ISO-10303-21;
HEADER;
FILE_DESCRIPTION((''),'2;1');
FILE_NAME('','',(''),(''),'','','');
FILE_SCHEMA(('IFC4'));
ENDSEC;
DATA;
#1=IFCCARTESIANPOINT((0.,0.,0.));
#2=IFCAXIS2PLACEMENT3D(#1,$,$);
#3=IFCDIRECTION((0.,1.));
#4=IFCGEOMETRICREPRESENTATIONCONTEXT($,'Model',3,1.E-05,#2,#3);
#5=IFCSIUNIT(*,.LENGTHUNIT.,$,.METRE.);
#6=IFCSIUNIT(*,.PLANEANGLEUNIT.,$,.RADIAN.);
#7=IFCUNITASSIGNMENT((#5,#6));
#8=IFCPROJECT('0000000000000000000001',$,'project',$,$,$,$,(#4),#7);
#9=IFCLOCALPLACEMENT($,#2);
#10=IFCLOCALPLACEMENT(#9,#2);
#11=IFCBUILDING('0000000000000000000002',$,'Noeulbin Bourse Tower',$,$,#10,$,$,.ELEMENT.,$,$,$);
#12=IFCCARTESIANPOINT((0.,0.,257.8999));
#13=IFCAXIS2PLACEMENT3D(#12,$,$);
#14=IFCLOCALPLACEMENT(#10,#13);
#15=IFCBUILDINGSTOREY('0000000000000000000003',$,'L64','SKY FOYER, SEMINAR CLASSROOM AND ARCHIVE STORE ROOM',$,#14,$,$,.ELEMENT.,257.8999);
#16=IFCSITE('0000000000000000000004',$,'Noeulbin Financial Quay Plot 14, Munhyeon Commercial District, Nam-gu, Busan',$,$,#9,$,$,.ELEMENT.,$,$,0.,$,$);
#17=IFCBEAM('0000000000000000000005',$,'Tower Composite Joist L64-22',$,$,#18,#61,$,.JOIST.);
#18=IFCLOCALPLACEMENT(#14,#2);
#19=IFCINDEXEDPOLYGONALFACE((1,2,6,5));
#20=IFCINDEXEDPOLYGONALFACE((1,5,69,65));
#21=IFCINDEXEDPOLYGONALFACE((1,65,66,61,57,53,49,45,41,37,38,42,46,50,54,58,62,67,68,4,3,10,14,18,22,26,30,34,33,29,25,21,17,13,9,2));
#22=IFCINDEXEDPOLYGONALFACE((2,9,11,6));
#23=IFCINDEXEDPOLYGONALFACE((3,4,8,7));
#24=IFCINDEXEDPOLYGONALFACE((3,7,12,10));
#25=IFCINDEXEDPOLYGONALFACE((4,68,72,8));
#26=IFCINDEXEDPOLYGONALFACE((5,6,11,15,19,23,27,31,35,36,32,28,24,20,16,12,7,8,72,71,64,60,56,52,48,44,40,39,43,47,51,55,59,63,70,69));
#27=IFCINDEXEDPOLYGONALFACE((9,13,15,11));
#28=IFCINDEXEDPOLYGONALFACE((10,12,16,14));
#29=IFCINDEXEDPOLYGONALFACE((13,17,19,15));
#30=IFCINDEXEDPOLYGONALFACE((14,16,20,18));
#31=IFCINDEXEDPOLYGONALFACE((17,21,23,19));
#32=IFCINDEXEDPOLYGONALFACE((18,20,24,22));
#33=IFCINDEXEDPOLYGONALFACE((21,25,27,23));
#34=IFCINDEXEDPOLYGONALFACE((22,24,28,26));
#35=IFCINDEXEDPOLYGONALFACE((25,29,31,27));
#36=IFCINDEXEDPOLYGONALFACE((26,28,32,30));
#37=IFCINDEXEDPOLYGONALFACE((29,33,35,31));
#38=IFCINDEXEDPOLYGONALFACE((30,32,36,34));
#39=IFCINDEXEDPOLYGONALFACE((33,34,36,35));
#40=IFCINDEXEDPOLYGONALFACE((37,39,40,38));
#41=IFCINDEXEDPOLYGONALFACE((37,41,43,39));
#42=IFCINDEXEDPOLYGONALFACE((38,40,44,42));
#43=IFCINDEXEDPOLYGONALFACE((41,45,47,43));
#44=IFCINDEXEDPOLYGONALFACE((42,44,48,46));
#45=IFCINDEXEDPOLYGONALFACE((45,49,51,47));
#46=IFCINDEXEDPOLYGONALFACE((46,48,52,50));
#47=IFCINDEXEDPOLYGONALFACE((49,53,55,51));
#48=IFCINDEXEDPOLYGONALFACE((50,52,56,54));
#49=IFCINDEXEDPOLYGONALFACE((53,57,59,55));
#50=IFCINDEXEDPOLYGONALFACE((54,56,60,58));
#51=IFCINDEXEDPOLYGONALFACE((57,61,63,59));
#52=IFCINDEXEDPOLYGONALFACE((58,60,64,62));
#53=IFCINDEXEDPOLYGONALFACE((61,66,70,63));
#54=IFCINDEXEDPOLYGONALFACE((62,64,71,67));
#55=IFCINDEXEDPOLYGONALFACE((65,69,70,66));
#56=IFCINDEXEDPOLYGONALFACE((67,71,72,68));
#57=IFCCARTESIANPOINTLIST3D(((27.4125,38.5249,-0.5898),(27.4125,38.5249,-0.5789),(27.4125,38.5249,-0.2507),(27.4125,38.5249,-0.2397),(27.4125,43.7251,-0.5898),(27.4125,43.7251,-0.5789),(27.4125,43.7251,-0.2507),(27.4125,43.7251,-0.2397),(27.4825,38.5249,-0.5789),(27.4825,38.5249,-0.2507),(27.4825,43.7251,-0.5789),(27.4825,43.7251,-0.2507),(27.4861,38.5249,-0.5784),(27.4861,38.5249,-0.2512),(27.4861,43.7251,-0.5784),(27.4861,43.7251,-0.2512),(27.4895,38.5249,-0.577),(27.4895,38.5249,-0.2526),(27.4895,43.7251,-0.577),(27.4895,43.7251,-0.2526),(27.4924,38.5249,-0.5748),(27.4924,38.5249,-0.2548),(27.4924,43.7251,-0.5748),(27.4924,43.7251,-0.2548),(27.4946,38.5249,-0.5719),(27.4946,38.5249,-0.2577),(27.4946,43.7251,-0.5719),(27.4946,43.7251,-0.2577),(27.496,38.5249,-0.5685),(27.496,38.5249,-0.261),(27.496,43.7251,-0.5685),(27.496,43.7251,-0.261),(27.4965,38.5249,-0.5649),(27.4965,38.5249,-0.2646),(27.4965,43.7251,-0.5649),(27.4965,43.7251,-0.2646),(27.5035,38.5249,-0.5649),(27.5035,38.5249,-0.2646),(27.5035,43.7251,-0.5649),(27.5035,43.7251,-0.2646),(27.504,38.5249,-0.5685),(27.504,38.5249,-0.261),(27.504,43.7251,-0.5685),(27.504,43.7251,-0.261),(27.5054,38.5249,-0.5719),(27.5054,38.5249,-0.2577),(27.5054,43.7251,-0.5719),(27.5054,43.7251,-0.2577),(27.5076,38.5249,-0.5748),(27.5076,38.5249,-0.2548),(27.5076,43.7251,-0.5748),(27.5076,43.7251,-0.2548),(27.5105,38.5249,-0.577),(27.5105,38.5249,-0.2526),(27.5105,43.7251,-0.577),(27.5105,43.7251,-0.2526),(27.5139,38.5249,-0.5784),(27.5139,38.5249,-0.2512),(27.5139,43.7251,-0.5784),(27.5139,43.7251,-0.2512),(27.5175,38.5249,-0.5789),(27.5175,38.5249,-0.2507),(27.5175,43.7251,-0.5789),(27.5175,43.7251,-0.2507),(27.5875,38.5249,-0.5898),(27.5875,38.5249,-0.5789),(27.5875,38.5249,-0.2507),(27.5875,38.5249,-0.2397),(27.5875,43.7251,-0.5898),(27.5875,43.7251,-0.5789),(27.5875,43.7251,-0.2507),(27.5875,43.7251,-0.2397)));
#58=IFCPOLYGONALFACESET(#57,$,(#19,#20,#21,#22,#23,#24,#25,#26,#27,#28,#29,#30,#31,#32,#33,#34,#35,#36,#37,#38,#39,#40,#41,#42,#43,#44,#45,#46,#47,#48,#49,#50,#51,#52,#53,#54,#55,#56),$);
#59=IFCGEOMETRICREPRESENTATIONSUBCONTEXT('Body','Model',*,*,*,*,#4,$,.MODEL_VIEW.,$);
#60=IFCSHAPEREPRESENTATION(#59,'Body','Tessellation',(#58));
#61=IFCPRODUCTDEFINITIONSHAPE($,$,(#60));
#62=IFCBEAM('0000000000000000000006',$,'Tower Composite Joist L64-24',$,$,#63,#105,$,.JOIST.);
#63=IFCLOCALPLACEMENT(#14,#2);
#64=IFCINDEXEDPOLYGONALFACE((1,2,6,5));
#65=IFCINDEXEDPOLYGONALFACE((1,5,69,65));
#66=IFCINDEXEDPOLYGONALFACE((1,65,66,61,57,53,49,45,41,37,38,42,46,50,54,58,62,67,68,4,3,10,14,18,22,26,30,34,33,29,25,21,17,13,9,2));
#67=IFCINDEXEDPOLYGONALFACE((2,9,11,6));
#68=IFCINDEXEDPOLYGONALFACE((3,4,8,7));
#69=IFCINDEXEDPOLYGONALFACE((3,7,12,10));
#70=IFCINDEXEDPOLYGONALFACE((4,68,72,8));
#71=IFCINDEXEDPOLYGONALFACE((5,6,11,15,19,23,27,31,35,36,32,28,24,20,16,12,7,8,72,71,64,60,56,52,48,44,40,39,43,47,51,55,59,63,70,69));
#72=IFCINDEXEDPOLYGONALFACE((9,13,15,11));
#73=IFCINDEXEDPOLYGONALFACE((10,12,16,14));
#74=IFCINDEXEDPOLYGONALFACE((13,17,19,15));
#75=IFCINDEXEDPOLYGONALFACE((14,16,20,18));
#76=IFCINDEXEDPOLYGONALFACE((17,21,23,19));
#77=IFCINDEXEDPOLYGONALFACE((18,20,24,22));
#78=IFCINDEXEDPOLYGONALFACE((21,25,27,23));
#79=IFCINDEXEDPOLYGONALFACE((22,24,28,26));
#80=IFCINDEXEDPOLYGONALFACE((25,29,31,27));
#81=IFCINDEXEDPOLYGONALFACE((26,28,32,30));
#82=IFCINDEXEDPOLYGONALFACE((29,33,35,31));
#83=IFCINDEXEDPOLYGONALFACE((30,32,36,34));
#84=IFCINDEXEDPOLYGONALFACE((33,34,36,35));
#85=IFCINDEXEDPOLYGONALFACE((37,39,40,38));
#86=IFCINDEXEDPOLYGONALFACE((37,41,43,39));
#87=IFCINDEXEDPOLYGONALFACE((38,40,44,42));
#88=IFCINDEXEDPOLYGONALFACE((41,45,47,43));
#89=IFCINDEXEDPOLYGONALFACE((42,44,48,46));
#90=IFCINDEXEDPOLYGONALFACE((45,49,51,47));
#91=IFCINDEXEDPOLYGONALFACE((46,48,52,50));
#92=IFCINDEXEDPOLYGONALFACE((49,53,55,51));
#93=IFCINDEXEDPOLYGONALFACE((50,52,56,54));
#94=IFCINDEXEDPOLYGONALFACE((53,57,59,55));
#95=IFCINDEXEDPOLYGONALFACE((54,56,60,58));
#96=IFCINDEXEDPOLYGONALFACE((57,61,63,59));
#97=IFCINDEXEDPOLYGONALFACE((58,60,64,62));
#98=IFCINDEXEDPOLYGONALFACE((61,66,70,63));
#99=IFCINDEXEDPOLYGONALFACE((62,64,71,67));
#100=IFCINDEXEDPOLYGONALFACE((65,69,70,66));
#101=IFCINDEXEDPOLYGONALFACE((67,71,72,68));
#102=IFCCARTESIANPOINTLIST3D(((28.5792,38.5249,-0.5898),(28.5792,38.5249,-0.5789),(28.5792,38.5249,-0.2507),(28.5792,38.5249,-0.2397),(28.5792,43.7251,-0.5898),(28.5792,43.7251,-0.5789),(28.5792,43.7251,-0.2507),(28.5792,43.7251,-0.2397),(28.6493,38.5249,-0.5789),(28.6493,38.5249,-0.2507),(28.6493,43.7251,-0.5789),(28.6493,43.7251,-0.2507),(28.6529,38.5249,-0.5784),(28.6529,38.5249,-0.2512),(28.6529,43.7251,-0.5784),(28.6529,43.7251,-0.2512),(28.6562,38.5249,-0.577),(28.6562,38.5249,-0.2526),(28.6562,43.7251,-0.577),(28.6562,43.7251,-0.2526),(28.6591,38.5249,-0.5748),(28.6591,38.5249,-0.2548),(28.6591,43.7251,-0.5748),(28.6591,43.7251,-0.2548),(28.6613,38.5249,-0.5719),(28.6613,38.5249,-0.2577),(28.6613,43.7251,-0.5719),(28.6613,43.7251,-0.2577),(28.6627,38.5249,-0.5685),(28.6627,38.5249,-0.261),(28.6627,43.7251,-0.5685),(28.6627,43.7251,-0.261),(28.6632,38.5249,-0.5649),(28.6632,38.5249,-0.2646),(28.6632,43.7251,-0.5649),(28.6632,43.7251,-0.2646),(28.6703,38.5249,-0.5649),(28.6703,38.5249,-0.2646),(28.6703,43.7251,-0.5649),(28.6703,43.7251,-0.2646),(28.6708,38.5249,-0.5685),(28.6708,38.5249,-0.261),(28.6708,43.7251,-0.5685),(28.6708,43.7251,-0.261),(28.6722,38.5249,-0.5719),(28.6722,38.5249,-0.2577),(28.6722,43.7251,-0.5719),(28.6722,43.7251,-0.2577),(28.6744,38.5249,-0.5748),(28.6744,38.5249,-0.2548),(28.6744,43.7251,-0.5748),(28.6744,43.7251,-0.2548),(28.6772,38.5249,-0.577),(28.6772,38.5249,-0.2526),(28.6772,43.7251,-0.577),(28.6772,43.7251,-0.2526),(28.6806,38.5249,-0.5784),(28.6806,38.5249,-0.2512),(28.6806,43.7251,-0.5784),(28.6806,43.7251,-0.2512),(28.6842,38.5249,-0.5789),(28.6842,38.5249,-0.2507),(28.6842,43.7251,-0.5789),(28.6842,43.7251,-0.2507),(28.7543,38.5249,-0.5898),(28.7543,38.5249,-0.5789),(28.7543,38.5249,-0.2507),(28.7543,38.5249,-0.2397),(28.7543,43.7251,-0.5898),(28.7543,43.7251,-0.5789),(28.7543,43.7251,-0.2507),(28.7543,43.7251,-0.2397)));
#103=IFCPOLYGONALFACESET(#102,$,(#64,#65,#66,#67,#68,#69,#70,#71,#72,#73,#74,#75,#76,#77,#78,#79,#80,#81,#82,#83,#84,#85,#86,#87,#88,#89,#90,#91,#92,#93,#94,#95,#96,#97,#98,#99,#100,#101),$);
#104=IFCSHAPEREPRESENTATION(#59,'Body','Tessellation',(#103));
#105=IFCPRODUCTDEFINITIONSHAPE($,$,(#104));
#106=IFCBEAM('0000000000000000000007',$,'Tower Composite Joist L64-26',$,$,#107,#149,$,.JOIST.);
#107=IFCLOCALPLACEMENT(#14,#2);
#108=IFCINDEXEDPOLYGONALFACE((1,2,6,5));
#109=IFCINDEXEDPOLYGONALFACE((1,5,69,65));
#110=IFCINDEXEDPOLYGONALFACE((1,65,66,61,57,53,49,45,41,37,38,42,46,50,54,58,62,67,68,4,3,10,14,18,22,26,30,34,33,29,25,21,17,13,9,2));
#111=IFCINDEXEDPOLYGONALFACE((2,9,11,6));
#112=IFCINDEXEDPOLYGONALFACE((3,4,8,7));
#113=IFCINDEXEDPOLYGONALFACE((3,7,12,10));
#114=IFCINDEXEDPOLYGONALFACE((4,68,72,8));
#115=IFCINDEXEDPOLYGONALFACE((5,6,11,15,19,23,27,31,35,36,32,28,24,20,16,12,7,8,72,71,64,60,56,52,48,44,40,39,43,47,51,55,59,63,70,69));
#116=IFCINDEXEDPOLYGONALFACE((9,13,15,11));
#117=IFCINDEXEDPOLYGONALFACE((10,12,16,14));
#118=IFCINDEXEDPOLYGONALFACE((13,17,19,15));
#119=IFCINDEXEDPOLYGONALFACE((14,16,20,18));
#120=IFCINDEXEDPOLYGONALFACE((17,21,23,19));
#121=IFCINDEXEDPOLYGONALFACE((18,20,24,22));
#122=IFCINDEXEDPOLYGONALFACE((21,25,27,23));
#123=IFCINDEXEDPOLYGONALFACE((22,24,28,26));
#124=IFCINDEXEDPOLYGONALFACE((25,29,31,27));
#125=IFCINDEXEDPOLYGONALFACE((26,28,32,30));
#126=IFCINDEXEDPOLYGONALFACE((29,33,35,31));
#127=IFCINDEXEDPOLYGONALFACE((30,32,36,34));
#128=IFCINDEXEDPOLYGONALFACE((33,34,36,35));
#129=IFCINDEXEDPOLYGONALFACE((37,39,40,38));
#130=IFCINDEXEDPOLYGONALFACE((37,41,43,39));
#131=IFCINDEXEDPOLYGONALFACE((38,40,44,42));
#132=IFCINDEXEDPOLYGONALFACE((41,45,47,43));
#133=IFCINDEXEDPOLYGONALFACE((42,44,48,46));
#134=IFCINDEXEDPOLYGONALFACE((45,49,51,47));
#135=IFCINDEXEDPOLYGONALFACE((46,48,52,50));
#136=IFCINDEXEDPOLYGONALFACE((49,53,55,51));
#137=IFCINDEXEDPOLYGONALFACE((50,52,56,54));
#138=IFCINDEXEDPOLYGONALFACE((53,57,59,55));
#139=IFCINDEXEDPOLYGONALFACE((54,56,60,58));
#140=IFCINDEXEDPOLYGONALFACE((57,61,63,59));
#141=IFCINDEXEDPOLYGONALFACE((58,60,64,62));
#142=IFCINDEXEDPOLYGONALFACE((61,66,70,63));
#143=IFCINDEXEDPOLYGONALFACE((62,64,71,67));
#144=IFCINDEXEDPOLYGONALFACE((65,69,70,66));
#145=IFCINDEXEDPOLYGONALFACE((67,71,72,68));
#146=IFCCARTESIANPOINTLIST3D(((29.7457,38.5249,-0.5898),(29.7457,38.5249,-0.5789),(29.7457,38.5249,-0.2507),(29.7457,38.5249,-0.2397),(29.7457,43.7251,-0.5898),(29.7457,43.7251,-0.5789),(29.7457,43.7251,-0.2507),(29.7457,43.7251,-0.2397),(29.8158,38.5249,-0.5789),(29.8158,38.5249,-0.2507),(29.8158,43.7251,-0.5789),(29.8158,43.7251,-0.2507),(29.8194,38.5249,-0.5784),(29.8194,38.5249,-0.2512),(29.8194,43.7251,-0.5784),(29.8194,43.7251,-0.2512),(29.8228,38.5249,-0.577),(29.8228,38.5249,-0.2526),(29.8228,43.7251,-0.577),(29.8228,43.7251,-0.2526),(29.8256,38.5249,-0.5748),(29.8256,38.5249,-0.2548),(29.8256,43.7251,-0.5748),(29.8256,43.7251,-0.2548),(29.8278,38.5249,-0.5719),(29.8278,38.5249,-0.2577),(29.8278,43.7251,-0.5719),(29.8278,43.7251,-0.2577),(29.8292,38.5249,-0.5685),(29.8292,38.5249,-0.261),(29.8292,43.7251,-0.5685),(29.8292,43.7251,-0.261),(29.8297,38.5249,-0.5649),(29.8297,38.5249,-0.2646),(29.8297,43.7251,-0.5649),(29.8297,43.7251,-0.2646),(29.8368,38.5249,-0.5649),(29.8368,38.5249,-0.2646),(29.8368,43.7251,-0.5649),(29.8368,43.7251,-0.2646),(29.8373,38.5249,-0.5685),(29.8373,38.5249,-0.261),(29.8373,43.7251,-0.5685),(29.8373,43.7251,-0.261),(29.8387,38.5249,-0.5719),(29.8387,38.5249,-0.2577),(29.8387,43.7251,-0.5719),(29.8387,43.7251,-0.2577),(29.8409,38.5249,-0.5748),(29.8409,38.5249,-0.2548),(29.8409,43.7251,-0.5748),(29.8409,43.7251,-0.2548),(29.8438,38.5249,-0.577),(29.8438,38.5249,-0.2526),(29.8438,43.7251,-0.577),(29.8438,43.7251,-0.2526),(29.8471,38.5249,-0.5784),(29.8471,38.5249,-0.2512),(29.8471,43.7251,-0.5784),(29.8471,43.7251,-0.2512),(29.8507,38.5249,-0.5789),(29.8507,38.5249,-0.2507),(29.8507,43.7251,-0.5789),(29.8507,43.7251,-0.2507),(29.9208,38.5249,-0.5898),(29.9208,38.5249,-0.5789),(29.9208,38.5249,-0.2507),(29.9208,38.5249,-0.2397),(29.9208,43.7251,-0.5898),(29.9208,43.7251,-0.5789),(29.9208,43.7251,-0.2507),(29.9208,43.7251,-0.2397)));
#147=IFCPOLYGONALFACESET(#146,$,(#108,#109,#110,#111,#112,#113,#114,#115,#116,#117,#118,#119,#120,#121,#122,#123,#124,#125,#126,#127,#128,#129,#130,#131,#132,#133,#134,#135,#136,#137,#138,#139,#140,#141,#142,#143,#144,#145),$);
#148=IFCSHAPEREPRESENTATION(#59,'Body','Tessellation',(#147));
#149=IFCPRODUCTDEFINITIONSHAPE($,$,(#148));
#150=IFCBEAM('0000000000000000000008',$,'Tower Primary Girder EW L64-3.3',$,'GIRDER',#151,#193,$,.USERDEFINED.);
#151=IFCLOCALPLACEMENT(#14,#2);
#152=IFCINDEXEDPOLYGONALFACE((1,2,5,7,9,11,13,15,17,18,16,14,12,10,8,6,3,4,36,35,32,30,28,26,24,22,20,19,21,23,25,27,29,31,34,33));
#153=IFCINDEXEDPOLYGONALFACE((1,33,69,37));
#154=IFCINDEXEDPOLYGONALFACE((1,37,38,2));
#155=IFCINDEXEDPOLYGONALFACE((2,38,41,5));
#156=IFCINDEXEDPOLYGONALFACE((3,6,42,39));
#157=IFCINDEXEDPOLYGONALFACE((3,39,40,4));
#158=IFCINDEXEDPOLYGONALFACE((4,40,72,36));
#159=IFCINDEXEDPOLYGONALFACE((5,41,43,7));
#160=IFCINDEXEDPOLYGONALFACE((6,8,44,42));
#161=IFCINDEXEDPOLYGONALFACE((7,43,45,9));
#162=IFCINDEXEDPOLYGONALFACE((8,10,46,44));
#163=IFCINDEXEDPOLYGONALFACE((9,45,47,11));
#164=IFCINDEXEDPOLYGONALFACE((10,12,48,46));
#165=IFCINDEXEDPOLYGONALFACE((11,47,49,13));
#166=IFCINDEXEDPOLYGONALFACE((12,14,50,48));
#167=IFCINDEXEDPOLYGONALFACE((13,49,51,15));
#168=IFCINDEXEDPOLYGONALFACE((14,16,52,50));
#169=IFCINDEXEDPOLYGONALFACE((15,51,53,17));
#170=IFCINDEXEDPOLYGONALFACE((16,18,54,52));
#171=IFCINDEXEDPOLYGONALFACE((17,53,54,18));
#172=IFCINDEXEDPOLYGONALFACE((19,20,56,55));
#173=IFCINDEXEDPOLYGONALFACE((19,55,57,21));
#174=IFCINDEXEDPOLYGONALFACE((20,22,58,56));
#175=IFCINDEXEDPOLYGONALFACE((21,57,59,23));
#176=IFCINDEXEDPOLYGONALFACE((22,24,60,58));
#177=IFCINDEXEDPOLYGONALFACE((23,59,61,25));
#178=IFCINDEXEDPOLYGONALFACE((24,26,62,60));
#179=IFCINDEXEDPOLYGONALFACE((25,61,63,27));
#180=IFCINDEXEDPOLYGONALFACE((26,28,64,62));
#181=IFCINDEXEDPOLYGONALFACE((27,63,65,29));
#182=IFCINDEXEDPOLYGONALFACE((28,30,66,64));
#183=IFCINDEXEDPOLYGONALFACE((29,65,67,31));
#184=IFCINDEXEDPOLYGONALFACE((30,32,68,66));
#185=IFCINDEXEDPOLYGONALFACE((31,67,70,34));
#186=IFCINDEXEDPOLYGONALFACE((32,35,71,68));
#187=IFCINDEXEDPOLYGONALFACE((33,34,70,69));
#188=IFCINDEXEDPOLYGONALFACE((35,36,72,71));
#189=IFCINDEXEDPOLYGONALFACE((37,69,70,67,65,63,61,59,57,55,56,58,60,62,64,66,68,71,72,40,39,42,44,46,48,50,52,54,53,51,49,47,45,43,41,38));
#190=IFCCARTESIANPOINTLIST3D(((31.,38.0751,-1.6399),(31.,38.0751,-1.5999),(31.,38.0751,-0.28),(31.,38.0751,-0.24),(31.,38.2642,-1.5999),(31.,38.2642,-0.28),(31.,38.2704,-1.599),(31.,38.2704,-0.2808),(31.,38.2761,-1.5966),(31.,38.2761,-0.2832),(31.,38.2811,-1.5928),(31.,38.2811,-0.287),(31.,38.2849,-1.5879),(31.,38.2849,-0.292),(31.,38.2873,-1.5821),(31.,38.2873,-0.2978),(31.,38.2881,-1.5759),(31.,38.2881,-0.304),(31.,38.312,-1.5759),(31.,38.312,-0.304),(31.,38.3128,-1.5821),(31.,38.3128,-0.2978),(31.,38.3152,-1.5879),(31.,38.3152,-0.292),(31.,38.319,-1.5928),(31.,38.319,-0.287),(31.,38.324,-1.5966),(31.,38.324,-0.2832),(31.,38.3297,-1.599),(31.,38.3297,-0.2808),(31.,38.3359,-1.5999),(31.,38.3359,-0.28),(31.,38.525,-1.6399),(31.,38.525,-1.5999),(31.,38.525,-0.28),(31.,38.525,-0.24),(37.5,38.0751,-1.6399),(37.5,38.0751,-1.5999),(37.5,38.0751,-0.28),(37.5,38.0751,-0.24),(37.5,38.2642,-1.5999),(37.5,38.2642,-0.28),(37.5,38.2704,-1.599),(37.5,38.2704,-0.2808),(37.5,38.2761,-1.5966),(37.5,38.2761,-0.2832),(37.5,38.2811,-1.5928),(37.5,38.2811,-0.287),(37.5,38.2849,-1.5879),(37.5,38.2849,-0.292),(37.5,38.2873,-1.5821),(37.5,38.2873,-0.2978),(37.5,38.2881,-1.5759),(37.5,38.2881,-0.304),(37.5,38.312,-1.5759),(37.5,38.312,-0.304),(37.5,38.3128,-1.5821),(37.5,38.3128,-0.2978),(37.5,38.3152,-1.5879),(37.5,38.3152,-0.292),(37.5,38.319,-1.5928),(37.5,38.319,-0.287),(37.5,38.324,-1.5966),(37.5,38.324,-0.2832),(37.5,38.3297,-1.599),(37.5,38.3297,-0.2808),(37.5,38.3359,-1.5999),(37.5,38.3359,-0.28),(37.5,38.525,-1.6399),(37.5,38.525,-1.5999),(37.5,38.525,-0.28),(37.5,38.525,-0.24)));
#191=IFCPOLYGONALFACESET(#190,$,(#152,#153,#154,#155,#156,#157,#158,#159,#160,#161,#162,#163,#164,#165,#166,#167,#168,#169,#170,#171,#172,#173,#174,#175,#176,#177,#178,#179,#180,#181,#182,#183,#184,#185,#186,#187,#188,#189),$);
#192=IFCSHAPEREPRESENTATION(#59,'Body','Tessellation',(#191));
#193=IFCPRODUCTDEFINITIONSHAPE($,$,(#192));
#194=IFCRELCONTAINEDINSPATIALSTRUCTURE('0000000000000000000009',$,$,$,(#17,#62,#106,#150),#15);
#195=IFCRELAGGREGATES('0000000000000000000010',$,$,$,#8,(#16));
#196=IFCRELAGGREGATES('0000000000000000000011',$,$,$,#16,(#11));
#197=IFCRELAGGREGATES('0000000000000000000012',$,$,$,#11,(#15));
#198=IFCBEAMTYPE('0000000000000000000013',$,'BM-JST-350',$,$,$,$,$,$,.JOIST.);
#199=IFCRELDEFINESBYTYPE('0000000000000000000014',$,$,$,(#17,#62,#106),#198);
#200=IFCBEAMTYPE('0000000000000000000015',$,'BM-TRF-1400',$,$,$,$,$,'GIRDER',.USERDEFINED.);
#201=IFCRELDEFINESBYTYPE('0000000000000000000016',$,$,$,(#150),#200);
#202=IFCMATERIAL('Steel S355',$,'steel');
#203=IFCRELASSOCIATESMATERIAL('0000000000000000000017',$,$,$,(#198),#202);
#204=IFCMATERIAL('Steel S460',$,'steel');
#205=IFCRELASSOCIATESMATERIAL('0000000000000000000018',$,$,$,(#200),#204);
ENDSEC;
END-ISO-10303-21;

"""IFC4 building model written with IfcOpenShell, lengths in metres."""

from ifc_helpers import new_model, si_unit, direction, frame, origin, origin_2d, place, context, subcontext, project, spatial, i_section, extrude, material, material_profile, profile_set, type_object, element, save


model = new_model("IFC4")

# Units and contexts
model_context = context("Model", 3, precision=1e-05, world=origin(), true_north=direction((0.0, 1.0)))
body_context = subcontext(model_context, "Body", "Model", "MODEL_VIEW")
ifc_project = project(units=[si_unit("LENGTHUNIT", "METRE"), si_unit("PLANEANGLEUNIT", "RADIAN")], contexts=[model_context])

# Site, building, storey
site_placement = place(None, origin())
site = spatial("IfcSite", under=ifc_project, at=site_placement, Name="Noeulbin Financial Quay Plot 14, Munhyeon Commercial District, Nam-gu, Busan", CompositionType="ELEMENT", RefElevation=0.0)
building_placement = place(site_placement, origin())
building = spatial("IfcBuilding", under=site, at=building_placement, Name="Noeulbin Bourse Tower", CompositionType="ELEMENT")
storey_placement = place(building_placement, frame((0.0, 0.0, 257.8999)))
storey = spatial("IfcBuildingStorey", under=building, at=storey_placement, Name="L64", Description="SKY FOYER, SEMINAR CLASSROOM AND ARCHIVE STORE ROOM", CompositionType="ELEMENT", Elevation=257.8999)

# Shared definitions
ifc_material_1 = material(Name="Steel S355", Category="steel")

# Beams
ifc_material_profile_1 = material_profile(ifc_material_1, i_section(OverallWidth=0.175, OverallDepth=0.3501, WebThickness=0.0071, FlangeThickness=0.011, FilletRadius=0.0139, at=origin_2d()), Name="H-350x175x7x11", Category="LoadBearing")
ifc_profile_set_1 = profile_set([ifc_material_profile_1], Name="Steel S355")
beam_type_1 = type_object("IfcBeamType", Name="BM-JST-350", PredefinedType="JOIST", material=ifc_profile_set_1)
for number, where, z_axis, x_axis, name in (
    (1, (27.5, 38.5249, -0.4148), (0.0, 1.0, 0.0), (-1.0, 0.0, 0.0), "Tower Composite Joist L64-22"),
    (2, (28.6667, 38.5249, -0.4148), (0.0, 1.0, 0.0), (-1.0, 0.0, 0.0), "Tower Composite Joist L64-24"),
    (3, (29.8333, 38.5249, -0.4148), (0.0, 1.0, 0.0), (-1.0, 0.0, 0.0), "Tower Composite Joist L64-26"),
):
    element("IfcBeam", number, at=place(storey_placement, frame(where, z_axis=z_axis, x_axis=x_axis)), inside=storey, type_object=beam_type_1, Name=name, PredefinedType="JOIST", context=body_context, shape_type="SweptSolid", body=[
        extrude(i_section(OverallWidth=0.175, OverallDepth=0.3501, WebThickness=0.0071, FlangeThickness=0.011, FilletRadius=0.0139, at=origin_2d()), origin(), (0.0, 0.0, 1.0), 5.2002),
    ])
ifc_material_2 = material(Name="Steel S460", Category="steel")
ifc_material_profile_2 = material_profile(ifc_material_2, i_section(OverallWidth=0.45, OverallDepth=1.3999, WebThickness=0.0239, FlangeThickness=0.04, FilletRadius=0.0239, at=origin_2d()), Name="PG-1400x450x24x40", Category="LoadBearing")
ifc_profile_set_2 = profile_set([ifc_material_profile_2], Name="Steel S460")
beam_type_2 = type_object("IfcBeamType", Name="BM-TRF-1400", ElementType="GIRDER", PredefinedType="USERDEFINED", material=ifc_profile_set_2)
beam_1_placement = place(storey_placement, frame((31.0, 38.3, -0.9399), z_axis=(1.0, 0.0, 0.0), x_axis=(0.0, 1.0, 0.0)))
element("IfcBeam", 4, at=beam_1_placement, inside=storey, type_object=beam_type_2, Name="Tower Primary Girder EW L64-3.3", ObjectType="GIRDER", PredefinedType="USERDEFINED", context=body_context, shape_type="SweptSolid", body=[
    extrude(i_section(OverallWidth=0.45, OverallDepth=1.3999, WebThickness=0.0239, FlangeThickness=0.04, FilletRadius=0.0239, at=origin_2d()), origin(), (0.0, 0.0, 1.0), 6.5),
])

save(model, "model.ifc")
